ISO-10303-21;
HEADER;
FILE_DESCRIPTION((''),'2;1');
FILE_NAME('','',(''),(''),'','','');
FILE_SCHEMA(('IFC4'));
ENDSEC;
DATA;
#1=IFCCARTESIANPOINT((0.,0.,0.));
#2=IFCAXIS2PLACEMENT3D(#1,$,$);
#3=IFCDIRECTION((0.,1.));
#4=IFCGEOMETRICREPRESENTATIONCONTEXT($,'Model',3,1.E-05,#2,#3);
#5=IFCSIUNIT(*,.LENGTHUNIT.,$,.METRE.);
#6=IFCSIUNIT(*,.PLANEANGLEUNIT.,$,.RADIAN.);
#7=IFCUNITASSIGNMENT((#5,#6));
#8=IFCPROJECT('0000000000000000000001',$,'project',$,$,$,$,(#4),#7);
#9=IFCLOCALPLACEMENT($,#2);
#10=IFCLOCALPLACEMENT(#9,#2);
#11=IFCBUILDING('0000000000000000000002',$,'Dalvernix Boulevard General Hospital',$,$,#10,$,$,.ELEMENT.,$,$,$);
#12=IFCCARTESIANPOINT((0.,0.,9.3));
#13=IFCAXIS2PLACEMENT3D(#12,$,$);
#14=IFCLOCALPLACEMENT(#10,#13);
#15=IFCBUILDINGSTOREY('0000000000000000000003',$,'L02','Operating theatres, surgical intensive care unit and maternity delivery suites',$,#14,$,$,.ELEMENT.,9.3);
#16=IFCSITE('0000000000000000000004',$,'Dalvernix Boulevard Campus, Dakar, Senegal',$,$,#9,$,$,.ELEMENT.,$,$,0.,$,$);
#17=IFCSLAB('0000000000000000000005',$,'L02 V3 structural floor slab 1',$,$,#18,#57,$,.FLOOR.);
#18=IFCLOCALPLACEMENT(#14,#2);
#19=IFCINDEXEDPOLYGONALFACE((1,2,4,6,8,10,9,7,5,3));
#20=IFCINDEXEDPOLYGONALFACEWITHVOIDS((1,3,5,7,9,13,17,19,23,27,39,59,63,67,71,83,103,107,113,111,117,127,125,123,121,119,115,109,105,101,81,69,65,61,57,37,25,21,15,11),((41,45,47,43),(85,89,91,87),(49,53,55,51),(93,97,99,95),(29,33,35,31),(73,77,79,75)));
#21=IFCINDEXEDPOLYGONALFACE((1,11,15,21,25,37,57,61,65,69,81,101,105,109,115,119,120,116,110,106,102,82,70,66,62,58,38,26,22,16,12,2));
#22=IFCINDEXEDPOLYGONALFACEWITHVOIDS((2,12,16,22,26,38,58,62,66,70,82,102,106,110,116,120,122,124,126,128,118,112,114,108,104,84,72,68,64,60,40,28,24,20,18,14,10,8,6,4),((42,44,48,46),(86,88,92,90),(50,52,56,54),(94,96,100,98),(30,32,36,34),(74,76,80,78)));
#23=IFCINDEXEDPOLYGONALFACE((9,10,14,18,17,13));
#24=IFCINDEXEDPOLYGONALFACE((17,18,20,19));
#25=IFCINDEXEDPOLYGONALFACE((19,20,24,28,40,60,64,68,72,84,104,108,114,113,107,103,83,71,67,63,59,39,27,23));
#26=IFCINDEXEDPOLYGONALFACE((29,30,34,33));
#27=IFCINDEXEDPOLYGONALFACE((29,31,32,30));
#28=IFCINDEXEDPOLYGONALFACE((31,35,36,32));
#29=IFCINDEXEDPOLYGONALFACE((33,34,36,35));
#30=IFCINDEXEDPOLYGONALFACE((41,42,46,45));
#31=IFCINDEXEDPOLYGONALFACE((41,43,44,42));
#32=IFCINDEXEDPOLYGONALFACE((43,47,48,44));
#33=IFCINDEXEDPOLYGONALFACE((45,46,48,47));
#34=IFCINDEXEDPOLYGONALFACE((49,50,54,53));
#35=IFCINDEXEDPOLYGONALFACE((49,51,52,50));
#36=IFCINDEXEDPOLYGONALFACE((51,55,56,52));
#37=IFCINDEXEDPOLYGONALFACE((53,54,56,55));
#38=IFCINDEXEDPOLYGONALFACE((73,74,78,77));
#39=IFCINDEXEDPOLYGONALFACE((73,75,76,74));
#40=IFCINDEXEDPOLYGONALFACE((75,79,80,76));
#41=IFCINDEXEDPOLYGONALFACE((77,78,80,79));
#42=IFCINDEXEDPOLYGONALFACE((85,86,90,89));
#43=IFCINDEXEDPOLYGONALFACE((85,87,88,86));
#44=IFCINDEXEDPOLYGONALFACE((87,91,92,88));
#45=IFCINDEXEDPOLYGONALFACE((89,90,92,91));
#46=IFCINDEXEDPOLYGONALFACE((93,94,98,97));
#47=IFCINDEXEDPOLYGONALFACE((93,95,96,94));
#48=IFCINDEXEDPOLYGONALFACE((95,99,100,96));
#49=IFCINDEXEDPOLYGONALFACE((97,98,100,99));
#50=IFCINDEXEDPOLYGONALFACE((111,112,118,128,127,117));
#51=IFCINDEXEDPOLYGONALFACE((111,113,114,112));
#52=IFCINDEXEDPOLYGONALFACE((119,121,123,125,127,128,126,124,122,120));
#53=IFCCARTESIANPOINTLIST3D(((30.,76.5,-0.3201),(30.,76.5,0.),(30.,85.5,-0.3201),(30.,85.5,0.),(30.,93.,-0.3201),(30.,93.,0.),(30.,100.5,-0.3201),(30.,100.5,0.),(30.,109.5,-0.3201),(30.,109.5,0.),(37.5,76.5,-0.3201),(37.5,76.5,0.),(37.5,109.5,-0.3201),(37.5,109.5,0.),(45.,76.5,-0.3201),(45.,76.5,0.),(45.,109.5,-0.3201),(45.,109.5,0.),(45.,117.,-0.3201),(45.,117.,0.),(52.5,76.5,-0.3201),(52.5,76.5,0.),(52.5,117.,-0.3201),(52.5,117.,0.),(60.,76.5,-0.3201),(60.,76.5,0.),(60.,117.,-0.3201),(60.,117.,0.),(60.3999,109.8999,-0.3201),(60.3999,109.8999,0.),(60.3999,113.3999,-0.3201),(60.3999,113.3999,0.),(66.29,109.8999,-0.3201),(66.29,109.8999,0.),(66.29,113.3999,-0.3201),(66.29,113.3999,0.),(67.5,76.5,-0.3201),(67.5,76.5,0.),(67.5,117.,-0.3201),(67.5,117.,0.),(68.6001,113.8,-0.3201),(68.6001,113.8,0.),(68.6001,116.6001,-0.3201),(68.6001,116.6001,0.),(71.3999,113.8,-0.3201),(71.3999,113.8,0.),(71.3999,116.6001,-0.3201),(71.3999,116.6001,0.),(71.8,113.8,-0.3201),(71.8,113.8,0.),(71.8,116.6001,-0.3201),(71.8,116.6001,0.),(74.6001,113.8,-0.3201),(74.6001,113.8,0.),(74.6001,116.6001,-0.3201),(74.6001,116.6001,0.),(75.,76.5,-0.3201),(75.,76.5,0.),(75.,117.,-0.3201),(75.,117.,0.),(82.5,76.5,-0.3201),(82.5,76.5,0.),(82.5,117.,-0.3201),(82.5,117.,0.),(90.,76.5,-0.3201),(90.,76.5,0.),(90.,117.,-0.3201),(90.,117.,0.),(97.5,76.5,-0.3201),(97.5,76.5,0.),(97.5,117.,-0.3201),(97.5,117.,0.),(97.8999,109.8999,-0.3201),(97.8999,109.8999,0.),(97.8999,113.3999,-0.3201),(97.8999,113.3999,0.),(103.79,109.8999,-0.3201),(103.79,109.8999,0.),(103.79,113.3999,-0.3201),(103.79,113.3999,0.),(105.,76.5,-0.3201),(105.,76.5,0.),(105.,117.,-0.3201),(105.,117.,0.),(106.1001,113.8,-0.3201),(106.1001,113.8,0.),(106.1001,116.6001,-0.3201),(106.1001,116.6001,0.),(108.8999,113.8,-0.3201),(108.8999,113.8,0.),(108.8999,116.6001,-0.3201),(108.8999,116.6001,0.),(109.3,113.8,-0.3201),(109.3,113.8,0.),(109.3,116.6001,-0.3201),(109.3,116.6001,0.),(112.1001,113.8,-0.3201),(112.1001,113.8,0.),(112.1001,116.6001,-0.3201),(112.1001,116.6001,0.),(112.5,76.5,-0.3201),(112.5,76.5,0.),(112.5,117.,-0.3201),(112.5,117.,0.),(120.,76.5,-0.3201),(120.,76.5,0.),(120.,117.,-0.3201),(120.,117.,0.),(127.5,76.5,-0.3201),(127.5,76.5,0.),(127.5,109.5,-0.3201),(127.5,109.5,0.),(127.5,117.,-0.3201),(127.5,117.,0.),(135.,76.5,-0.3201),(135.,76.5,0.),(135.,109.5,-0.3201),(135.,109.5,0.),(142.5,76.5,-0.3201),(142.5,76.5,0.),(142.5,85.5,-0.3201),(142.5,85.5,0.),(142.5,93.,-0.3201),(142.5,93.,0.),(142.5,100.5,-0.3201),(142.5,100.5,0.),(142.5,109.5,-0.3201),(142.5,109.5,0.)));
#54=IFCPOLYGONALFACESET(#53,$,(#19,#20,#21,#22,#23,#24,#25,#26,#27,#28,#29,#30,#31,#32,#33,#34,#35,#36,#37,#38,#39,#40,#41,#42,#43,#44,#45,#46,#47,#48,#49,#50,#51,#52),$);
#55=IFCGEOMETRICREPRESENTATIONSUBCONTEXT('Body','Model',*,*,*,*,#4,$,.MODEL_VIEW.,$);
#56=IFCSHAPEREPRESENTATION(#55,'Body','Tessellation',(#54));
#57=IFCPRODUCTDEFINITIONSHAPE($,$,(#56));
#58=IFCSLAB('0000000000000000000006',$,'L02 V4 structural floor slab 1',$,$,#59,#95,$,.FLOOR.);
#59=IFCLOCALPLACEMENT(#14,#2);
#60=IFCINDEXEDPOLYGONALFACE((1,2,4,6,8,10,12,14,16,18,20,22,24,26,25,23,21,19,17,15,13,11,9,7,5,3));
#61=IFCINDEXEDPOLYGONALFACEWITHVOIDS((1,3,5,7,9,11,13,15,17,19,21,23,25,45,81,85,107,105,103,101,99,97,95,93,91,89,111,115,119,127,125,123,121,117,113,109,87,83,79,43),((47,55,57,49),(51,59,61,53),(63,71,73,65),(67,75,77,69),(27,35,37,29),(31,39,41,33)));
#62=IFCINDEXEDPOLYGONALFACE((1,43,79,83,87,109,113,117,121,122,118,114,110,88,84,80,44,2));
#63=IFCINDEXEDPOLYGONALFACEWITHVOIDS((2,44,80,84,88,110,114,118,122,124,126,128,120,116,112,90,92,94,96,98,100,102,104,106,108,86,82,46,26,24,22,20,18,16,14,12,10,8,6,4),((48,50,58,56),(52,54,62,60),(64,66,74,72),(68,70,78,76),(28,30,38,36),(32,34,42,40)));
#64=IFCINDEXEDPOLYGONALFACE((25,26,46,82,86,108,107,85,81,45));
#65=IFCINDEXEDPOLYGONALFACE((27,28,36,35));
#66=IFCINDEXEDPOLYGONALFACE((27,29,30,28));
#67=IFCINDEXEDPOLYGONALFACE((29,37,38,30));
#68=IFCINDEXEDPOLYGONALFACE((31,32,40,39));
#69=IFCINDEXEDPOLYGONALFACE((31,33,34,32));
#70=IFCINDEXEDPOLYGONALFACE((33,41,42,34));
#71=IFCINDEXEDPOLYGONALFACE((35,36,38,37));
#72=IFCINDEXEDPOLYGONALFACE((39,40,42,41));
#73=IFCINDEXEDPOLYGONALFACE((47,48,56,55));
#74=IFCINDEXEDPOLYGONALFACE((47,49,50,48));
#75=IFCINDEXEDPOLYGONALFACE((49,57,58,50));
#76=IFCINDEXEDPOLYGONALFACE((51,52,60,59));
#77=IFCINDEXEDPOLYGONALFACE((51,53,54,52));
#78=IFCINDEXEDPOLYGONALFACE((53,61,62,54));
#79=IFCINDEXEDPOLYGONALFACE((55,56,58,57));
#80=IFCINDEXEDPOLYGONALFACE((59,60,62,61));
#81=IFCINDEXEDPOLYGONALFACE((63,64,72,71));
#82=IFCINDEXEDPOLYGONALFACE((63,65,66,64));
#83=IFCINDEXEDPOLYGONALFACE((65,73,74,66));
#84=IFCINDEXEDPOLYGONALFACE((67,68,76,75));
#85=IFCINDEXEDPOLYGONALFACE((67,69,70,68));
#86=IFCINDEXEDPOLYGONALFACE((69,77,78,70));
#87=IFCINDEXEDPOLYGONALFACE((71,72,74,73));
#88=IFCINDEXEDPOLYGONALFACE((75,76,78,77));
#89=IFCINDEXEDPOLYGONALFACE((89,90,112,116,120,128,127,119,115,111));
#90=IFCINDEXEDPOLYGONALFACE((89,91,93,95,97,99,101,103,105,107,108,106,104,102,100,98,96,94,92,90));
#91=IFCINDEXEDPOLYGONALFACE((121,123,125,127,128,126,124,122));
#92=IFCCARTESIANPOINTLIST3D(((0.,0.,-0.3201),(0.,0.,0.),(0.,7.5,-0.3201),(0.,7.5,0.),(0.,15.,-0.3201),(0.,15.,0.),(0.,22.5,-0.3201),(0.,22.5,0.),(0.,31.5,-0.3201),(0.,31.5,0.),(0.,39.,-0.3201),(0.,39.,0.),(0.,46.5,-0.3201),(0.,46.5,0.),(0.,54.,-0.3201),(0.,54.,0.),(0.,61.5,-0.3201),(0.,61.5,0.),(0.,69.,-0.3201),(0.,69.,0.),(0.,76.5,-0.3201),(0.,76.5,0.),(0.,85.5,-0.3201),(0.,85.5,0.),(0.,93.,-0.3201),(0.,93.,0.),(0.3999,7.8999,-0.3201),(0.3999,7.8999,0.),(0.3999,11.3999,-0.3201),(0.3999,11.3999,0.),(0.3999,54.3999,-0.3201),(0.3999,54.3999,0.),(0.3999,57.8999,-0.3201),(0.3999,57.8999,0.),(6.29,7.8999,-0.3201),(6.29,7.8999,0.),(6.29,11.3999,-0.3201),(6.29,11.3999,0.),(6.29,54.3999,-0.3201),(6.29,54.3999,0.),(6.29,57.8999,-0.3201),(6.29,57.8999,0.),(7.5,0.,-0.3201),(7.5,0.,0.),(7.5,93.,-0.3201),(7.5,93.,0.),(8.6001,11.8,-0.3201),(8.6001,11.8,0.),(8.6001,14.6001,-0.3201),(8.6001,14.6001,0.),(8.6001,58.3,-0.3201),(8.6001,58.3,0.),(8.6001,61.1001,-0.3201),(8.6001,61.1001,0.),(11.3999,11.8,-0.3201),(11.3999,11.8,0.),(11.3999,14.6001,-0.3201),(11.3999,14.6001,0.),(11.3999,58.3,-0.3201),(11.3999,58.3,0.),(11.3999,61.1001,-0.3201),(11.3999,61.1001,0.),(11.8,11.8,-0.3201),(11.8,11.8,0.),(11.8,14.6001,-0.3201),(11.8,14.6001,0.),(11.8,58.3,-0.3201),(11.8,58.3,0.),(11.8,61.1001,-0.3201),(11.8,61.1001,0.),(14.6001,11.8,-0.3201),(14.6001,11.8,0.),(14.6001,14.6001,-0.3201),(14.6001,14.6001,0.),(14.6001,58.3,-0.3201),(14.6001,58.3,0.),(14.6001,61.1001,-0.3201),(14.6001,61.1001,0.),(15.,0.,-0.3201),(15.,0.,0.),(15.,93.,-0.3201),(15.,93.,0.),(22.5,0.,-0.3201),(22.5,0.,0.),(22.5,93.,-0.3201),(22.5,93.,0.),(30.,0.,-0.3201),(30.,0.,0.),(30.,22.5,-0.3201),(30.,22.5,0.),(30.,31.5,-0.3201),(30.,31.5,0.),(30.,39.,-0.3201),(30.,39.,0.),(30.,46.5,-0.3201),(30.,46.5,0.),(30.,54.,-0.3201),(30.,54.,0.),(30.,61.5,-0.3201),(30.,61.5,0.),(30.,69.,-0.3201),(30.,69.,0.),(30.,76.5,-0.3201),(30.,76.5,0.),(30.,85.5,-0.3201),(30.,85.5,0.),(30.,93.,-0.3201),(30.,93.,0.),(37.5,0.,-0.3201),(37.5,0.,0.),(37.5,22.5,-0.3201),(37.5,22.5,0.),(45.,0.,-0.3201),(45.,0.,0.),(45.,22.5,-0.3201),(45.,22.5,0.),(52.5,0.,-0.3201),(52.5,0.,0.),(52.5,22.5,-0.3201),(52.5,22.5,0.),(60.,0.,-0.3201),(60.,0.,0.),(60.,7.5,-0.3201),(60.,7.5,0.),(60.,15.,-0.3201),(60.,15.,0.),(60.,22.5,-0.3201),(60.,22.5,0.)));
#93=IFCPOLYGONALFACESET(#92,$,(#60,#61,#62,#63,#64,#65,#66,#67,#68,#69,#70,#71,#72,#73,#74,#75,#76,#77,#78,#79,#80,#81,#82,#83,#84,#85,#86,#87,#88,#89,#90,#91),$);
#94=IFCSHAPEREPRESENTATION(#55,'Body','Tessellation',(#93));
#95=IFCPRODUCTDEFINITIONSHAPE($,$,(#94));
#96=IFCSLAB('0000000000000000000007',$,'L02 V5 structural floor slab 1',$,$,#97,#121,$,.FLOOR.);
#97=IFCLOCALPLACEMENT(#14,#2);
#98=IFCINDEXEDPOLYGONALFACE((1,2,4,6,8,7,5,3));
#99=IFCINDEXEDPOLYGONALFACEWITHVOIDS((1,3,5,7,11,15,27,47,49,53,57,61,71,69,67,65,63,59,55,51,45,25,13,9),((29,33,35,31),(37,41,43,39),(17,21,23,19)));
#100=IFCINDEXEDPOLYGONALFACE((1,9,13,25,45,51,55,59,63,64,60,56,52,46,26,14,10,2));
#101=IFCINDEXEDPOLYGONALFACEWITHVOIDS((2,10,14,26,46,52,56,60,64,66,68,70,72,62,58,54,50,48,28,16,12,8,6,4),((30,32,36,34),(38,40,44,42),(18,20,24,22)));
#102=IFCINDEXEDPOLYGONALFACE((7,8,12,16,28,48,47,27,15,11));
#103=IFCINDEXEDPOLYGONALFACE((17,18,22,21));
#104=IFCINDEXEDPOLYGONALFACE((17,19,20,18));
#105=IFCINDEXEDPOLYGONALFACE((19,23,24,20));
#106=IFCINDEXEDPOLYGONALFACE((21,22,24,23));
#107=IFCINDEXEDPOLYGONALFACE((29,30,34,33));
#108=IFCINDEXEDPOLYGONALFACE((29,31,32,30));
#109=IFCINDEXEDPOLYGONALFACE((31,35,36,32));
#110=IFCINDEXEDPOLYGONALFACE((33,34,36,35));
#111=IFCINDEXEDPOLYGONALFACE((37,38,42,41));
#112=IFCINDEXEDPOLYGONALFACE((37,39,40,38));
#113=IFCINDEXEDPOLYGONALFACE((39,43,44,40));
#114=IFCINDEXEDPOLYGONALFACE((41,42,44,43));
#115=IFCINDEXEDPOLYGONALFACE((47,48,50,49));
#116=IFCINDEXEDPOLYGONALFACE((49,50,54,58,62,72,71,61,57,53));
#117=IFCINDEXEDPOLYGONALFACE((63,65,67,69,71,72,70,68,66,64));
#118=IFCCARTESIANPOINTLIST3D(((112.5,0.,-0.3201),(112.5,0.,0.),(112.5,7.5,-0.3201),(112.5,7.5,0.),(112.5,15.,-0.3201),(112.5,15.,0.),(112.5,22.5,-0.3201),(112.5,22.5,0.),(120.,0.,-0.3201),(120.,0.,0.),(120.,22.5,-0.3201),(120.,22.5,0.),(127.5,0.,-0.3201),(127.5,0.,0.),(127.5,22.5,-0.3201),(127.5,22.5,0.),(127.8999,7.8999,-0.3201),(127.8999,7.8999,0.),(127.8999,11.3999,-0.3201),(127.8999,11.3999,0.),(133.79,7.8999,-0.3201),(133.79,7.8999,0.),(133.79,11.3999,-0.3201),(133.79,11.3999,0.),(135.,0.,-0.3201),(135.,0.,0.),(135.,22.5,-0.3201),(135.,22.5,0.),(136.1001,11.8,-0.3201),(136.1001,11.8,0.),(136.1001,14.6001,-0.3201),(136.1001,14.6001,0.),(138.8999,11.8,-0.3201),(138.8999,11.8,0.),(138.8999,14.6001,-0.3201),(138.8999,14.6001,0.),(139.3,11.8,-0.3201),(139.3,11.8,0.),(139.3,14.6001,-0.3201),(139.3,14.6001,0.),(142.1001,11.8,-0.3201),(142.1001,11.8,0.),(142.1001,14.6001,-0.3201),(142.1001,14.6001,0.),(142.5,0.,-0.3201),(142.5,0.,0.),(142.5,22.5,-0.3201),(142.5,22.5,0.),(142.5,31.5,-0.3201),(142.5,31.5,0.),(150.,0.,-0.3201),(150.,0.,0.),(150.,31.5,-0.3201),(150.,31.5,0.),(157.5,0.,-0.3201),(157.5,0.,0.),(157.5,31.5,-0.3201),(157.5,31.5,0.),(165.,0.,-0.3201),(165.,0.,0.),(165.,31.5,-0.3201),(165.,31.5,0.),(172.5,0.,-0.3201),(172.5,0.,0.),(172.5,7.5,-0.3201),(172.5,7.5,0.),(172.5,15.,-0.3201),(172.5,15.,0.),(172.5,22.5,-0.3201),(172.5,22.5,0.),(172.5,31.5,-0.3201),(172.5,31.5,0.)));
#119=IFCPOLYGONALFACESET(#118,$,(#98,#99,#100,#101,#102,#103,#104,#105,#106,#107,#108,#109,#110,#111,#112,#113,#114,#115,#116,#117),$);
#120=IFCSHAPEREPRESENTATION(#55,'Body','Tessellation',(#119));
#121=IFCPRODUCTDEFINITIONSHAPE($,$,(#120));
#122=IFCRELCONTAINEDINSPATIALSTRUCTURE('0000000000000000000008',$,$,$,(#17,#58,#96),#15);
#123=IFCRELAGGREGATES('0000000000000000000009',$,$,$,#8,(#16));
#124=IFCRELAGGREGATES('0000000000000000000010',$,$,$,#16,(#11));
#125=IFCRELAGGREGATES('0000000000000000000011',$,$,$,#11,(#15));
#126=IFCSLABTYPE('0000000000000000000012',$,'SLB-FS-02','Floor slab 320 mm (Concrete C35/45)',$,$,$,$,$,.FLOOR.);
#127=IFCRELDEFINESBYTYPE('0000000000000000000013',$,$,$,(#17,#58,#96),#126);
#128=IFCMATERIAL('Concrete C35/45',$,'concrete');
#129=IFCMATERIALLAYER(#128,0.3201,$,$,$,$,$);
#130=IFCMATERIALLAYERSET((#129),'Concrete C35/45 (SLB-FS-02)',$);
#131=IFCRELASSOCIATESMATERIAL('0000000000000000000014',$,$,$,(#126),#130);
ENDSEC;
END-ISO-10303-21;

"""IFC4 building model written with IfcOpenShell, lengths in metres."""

from ifc_helpers import new_model, si_unit, direction, frame, origin, place, context, subcontext, project, spatial, polyline, outline, extrude, material, layer, layer_set, type_object, element, save


model = new_model("IFC4")

# Units and contexts
model_context = context("Model", 3, precision=1e-05, world=origin(), true_north=direction((0.0, 1.0)))
body_context = subcontext(model_context, "Body", "Model", "MODEL_VIEW")
ifc_project = project(units=[si_unit("LENGTHUNIT", "METRE"), si_unit("PLANEANGLEUNIT", "RADIAN")], contexts=[model_context])

# Site, building, storey
site_placement = place(None, origin())
site = spatial("IfcSite", under=ifc_project, at=site_placement, Name="Dalvernix Boulevard Campus, Dakar, Senegal", CompositionType="ELEMENT", RefElevation=0.0)
building_placement = place(site_placement, origin())
building = spatial("IfcBuilding", under=site, at=building_placement, Name="Dalvernix Boulevard General Hospital", CompositionType="ELEMENT")
storey_placement = place(building_placement, frame((0.0, 0.0, 9.3)))
storey = spatial("IfcBuildingStorey", under=building, at=storey_placement, Name="L02", Description="Operating theatres, surgical intensive care unit and maternity delivery suites", CompositionType="ELEMENT", Elevation=9.3)

# Shared definitions
ifc_material_1 = material(Name="Concrete C35/45", Category="concrete")

# Slabs
ifc_layer_1 = layer(ifc_material_1, 0.3201)
ifc_layer_set_1 = layer_set([ifc_layer_1], Name="Concrete C35/45 (SLB-FS-02)")
slab_type_1 = type_object("IfcSlabType", Name="SLB-FS-02", Description="Floor slab 320 mm (Concrete C35/45)", PredefinedType="FLOOR", material=ifc_layer_set_1)
slab_1_placement = place(storey_placement, frame((0.0, 0.0, -0.3201)))
element("IfcSlab", 1, at=slab_1_placement, inside=storey, type_object=slab_type_1, Name="L02 V3 structural floor slab 1", PredefinedType="FLOOR", context=body_context, shape_type="SweptSolid", body=[
    extrude(outline(polyline([(30.0, 93.0), (30.0, 100.5), (30.0, 109.5), (37.5, 109.5), (45.0, 109.5), (45.0, 117.0), (52.5, 117.0), (60.0, 117.0), (67.5, 117.0), (75.0, 117.0), (82.5, 117.0), (90.0, 117.0), (97.5, 117.0), (105.0, 117.0), (112.5, 117.0), (120.0, 117.0), (127.5, 117.0), (127.5, 109.5), (135.0, 109.5), (142.5, 109.5), (142.5, 100.5), (142.5, 93.0), (142.5, 85.5), (142.5, 76.5), (135.0, 76.5), (127.5, 76.5), (120.0, 76.5), (112.5, 76.5), (105.0, 76.5), (97.5, 76.5), (90.0, 76.5), (82.5, 76.5), (75.0, 76.5), (67.5, 76.5), (60.0, 76.5), (52.5, 76.5), (45.0, 76.5), (37.5, 76.5), (30.0, 76.5), (30.0, 85.5), (30.0, 93.0)]), holes=[polyline([(60.3999, 113.3999), (60.3999, 109.8999), (66.29, 109.8999), (66.29, 113.3999), (60.3999, 113.3999)]), polyline([(71.3999, 116.6001), (68.6001, 116.6001), (68.6001, 113.8), (71.3999, 113.8), (71.3999, 116.6001)]), polyline([(74.6001, 113.8), (74.6001, 116.6001), (71.8, 116.6001), (71.8, 113.8), (74.6001, 113.8)]), polyline([(97.8999, 109.8999), (103.79, 109.8999), (103.79, 113.3999), (97.8999, 113.3999), (97.8999, 109.8999)]), polyline([(106.1001, 116.6001), (106.1001, 113.8), (108.8999, 113.8), (108.8999, 116.6001), (106.1001, 116.6001)]), polyline([(112.1001, 116.6001), (109.3, 116.6001), (109.3, 113.8), (112.1001, 113.8), (112.1001, 116.6001)])]), origin(), (0.0, 0.0, 1.0), 0.3201),
])
slab_2_placement = place(storey_placement, frame((0.0, 0.0, -0.3201)))
element("IfcSlab", 2, at=slab_2_placement, inside=storey, type_object=slab_type_1, Name="L02 V4 structural floor slab 1", PredefinedType="FLOOR", context=body_context, shape_type="SweptSolid", body=[
    extrude(outline(polyline([(0.0, 69.0), (0.0, 76.5), (0.0, 85.5), (0.0, 93.0), (7.5, 93.0), (15.0, 93.0), (22.5, 93.0), (30.0, 93.0), (30.0, 85.5), (30.0, 76.5), (30.0, 69.0), (30.0, 61.5), (30.0, 54.0), (30.0, 46.5), (30.0, 39.0), (30.0, 31.5), (30.0, 22.5), (37.5, 22.5), (45.0, 22.5), (52.5, 22.5), (60.0, 22.5), (60.0, 15.0), (60.0, 7.5), (60.0, 0.0), (52.5, 0.0), (45.0, 0.0), (37.5, 0.0), (30.0, 0.0), (22.5, 0.0), (15.0, 0.0), (7.5, 0.0), (0.0, 0.0), (0.0, 7.5), (0.0, 15.0), (0.0, 22.5), (0.0, 31.5), (0.0, 39.0), (0.0, 46.5), (0.0, 54.0), (0.0, 61.5), (0.0, 69.0)]), holes=[polyline([(0.3999, 11.3999), (0.3999, 7.8999), (6.29, 7.8999), (6.29, 11.3999), (0.3999, 11.3999)]), polyline([(11.3999, 14.6001), (8.6001, 14.6001), (8.6001, 11.8), (11.3999, 11.8), (11.3999, 14.6001)]), polyline([(14.6001, 11.8), (14.6001, 14.6001), (11.8, 14.6001), (11.8, 11.8), (14.6001, 11.8)]), polyline([(0.3999, 54.3999), (6.29, 54.3999), (6.29, 57.8999), (0.3999, 57.8999), (0.3999, 54.3999)]), polyline([(8.6001, 61.1001), (8.6001, 58.3), (11.3999, 58.3), (11.3999, 61.1001), (8.6001, 61.1001)]), polyline([(14.6001, 61.1001), (11.8, 61.1001), (11.8, 58.3), (14.6001, 58.3), (14.6001, 61.1001)])]), origin(), (0.0, 0.0, 1.0), 0.3201),
])
slab_3_placement = place(storey_placement, frame((0.0, 0.0, -0.3201)))
element("IfcSlab", 3, at=slab_3_placement, inside=storey, type_object=slab_type_1, Name="L02 V5 structural floor slab 1", PredefinedType="FLOOR", context=body_context, shape_type="SweptSolid", body=[
    extrude(outline(polyline([(135.0, 22.5), (142.5, 22.5), (142.5, 31.5), (150.0, 31.5), (157.5, 31.5), (165.0, 31.5), (172.5, 31.5), (172.5, 22.5), (172.5, 15.0), (172.5, 7.5), (172.5, 0.0), (165.0, 0.0), (157.5, 0.0), (150.0, 0.0), (142.5, 0.0), (135.0, 0.0), (127.5, 0.0), (120.0, 0.0), (112.5, 0.0), (112.5, 7.5), (112.5, 15.0), (112.5, 22.5), (120.0, 22.5), (127.5, 22.5), (135.0, 22.5)]), holes=[polyline([(127.8999, 7.8999), (133.79, 7.8999), (133.79, 11.3999), (127.8999, 11.3999), (127.8999, 7.8999)]), polyline([(136.1001, 14.6001), (136.1001, 11.8), (138.8999, 11.8), (138.8999, 14.6001), (136.1001, 14.6001)]), polyline([(142.1001, 14.6001), (139.3, 14.6001), (139.3, 11.8), (142.1001, 11.8), (142.1001, 14.6001)])]), origin(), (0.0, 0.0, 1.0), 0.3201),
])

save(model, "model.ifc")
